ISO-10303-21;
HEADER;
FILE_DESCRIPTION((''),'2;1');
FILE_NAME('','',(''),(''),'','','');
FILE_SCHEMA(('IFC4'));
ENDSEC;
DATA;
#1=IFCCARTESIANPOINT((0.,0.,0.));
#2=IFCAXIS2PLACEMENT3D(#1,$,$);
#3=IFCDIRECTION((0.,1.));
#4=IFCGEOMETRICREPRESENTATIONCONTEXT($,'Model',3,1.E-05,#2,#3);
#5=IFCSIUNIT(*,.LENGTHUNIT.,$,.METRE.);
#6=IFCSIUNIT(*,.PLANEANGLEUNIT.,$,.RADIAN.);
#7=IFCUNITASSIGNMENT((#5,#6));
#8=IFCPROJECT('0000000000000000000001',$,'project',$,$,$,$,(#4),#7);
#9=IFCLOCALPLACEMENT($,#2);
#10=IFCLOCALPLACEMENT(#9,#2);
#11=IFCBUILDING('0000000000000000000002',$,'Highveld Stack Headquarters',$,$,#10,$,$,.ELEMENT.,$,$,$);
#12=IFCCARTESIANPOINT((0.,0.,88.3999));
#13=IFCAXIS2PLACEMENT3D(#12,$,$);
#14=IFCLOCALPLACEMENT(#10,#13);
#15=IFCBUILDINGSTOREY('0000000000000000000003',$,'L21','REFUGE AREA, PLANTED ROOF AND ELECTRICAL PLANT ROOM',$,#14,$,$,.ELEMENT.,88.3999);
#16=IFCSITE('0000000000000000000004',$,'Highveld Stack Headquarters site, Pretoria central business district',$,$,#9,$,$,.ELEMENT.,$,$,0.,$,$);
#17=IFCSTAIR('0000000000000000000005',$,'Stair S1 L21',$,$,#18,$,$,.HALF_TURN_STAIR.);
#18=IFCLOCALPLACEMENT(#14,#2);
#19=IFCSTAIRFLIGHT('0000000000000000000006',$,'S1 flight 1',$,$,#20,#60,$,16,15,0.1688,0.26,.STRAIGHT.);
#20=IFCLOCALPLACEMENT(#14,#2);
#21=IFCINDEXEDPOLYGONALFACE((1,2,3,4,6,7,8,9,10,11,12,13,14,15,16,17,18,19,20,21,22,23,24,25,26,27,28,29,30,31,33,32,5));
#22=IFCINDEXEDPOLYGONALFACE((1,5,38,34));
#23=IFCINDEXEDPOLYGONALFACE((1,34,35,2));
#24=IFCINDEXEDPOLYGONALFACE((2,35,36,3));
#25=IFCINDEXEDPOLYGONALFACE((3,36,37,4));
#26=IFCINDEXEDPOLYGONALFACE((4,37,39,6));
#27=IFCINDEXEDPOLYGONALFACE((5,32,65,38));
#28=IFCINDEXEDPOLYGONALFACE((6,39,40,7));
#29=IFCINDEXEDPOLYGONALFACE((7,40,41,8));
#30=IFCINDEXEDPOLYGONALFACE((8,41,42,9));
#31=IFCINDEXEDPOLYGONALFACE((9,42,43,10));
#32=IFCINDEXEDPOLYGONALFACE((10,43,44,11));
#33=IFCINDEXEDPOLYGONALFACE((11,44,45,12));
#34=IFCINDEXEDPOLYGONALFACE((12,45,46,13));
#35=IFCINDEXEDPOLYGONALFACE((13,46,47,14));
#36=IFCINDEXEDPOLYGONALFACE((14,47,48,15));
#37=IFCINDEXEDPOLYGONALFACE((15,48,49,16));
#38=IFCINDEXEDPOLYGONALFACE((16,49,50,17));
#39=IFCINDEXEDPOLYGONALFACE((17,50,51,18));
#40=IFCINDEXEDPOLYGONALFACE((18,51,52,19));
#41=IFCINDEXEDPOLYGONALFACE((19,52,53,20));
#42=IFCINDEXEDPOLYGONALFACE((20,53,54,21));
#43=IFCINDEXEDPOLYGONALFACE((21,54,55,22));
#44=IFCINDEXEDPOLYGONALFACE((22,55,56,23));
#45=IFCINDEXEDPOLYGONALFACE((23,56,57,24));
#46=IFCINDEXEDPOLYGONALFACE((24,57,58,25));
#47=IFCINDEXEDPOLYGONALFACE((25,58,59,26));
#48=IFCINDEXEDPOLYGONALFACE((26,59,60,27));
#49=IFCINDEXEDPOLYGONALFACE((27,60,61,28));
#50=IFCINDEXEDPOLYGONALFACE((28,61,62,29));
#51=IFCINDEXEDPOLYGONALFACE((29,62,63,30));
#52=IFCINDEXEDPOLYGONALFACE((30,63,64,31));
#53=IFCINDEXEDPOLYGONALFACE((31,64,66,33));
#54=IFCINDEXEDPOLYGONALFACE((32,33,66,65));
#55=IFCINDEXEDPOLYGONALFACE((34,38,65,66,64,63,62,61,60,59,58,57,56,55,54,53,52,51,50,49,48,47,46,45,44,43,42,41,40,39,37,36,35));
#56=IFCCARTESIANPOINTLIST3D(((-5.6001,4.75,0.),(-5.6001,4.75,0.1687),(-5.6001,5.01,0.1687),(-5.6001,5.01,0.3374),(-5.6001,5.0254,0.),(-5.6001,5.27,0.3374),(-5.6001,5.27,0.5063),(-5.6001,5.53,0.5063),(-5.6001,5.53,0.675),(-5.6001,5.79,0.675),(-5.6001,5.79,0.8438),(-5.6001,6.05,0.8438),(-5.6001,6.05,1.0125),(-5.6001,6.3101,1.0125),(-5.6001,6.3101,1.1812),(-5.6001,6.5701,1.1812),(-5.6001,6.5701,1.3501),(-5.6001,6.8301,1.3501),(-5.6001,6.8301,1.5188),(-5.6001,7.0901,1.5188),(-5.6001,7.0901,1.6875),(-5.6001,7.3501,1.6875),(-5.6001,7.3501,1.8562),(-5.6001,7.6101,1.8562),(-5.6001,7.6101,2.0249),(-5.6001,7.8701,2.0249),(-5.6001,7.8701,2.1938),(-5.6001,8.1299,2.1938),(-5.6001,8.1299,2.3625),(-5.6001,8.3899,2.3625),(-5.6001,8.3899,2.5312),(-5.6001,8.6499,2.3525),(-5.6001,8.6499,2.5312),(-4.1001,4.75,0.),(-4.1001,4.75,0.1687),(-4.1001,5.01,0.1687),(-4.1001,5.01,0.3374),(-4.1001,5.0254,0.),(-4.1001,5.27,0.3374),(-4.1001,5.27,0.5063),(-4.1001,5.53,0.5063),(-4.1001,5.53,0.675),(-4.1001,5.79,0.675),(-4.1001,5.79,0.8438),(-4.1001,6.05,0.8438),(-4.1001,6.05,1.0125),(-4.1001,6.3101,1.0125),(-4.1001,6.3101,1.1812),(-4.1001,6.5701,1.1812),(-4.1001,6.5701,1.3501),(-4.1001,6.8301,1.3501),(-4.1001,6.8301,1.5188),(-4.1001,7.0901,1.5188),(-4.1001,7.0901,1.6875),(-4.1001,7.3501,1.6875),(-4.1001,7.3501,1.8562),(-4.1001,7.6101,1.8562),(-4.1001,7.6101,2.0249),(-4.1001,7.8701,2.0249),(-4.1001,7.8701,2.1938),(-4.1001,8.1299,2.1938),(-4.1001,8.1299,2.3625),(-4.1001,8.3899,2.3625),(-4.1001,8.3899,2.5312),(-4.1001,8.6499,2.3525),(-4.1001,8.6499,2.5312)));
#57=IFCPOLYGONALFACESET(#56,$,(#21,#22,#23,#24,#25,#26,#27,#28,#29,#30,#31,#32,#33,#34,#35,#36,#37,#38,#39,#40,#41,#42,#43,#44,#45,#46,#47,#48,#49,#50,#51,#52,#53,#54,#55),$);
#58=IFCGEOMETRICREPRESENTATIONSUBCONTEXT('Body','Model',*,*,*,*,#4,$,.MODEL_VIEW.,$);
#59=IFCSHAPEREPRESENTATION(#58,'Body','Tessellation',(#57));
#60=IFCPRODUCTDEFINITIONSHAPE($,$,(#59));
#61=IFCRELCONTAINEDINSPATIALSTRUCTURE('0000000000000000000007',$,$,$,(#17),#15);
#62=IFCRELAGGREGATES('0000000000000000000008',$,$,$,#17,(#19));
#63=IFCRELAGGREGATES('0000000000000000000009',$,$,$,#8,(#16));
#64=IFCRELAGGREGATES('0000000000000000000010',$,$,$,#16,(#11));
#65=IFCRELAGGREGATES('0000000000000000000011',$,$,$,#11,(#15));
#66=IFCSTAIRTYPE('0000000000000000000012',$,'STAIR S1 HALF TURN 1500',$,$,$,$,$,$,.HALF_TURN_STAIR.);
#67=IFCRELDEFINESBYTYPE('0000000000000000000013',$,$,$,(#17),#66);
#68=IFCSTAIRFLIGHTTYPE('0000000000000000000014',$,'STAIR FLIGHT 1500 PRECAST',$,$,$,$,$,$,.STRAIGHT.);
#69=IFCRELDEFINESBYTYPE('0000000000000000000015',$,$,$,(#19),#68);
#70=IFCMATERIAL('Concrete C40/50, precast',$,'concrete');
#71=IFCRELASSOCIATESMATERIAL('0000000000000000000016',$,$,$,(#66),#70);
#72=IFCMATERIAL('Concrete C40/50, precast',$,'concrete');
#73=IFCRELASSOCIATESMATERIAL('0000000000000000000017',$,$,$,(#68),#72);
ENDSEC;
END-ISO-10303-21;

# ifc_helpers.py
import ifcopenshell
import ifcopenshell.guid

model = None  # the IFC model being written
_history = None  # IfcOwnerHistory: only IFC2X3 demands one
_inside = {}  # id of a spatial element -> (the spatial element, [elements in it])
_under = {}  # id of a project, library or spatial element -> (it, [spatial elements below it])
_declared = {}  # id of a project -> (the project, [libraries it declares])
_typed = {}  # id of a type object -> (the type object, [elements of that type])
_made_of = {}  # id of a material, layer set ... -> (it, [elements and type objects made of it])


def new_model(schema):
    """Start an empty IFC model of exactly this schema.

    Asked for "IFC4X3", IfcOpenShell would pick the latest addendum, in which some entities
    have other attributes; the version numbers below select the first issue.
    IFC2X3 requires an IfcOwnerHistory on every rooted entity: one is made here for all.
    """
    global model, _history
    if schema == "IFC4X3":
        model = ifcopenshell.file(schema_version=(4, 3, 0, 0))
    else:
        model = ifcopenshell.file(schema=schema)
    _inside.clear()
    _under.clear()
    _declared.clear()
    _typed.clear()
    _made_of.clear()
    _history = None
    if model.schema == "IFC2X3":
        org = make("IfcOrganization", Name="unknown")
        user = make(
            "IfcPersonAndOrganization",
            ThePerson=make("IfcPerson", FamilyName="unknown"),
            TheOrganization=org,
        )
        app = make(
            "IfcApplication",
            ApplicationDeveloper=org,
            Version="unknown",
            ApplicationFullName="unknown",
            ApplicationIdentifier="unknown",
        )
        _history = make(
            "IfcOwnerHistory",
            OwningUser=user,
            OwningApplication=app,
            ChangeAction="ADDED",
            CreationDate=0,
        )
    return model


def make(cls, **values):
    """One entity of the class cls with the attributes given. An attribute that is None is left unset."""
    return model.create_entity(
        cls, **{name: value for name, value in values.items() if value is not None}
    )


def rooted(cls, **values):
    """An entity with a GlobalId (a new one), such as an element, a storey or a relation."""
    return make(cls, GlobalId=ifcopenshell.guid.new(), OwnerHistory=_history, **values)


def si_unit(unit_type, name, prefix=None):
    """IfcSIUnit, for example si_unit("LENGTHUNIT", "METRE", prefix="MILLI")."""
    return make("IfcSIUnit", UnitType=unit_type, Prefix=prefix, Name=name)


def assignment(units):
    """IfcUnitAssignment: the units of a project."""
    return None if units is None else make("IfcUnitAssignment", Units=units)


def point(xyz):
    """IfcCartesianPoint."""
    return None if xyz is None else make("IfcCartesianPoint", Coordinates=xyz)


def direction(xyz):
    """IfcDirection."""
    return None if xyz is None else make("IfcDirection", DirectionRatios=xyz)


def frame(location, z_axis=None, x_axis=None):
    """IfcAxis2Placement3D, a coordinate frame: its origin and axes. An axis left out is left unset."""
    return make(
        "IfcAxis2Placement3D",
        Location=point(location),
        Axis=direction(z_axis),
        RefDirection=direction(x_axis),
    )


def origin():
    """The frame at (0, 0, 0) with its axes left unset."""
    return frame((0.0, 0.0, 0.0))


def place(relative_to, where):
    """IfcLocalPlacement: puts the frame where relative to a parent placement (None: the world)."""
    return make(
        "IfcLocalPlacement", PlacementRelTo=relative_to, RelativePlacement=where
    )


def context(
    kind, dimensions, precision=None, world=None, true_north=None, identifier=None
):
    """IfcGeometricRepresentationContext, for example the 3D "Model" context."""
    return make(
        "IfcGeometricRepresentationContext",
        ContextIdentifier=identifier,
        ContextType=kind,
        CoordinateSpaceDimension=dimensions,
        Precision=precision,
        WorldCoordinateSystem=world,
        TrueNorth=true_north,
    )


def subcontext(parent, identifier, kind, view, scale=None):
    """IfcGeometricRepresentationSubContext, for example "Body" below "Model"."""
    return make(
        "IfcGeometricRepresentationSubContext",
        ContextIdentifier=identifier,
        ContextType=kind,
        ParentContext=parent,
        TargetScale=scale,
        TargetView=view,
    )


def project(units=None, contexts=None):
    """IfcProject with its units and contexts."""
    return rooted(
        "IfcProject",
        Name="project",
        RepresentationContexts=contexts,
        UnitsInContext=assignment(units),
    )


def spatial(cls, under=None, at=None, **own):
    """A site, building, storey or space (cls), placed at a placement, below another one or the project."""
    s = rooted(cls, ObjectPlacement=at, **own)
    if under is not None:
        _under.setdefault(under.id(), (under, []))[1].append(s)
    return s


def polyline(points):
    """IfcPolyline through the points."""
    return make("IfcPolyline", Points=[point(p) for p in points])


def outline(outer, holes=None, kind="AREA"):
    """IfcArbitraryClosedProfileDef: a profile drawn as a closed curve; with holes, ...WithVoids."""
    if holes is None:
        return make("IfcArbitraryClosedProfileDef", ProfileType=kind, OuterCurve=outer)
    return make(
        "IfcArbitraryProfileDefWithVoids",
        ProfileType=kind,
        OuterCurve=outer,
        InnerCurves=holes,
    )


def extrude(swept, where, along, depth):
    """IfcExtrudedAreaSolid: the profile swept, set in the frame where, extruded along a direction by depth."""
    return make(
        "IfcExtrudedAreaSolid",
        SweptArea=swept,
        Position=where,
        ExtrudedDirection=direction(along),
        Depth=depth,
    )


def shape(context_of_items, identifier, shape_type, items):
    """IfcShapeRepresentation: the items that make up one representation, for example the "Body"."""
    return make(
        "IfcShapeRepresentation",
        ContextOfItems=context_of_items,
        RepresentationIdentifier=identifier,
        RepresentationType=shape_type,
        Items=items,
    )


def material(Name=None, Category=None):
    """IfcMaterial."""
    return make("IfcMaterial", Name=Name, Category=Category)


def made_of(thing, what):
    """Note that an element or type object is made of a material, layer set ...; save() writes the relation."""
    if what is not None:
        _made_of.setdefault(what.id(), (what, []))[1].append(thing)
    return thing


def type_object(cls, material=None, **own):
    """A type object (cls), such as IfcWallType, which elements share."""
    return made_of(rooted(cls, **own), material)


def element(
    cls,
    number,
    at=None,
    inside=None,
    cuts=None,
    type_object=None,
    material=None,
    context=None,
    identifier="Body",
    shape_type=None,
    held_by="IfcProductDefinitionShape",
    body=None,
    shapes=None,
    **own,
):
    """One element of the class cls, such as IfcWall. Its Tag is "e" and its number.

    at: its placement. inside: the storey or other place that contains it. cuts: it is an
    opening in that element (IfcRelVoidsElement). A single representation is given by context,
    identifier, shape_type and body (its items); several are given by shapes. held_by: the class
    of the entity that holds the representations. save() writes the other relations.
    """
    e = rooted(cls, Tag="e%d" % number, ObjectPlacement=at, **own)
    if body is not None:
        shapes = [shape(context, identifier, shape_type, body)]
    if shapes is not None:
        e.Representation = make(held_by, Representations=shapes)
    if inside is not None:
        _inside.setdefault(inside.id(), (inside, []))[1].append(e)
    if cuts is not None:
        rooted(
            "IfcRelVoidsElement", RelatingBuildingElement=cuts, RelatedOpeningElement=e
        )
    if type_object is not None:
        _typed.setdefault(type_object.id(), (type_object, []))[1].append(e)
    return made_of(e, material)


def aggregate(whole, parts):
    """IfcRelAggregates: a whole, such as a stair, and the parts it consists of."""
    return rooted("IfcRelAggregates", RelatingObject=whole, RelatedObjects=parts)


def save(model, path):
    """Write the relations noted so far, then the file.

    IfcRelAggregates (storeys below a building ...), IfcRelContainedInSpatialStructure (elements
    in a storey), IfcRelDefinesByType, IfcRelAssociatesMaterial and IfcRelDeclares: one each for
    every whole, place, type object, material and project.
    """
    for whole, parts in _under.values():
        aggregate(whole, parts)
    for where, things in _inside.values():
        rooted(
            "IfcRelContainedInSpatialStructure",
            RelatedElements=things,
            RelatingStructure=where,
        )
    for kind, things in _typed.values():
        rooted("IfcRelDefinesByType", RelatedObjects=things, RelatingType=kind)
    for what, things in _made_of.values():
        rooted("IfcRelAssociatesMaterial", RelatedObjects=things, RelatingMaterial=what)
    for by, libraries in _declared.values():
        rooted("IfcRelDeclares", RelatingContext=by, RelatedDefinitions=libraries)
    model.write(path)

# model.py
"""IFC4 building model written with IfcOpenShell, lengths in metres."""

from ifc_helpers import new_model, si_unit, direction, frame, origin, place, context, subcontext, project, spatial, polyline, outline, extrude, material, type_object, element, aggregate, save


model = new_model("IFC4")

# Units and contexts
model_context = context("Model", 3, precision=1e-05, world=origin(), true_north=direction((0.0, 1.0)))
body_context = subcontext(model_context, "Body", "Model", "MODEL_VIEW")
ifc_project = project(units=[si_unit("LENGTHUNIT", "METRE"), si_unit("PLANEANGLEUNIT", "RADIAN")], contexts=[model_context])

# Site, building, storey
site_placement = place(None, origin())
site = spatial("IfcSite", under=ifc_project, at=site_placement, Name="Highveld Stack Headquarters site, Pretoria central business district", CompositionType="ELEMENT", RefElevation=0.0)
building_placement = place(site_placement, origin())
building = spatial("IfcBuilding", under=site, at=building_placement, Name="Highveld Stack Headquarters", CompositionType="ELEMENT")
storey_placement = place(building_placement, frame((0.0, 0.0, 88.3999)))
storey = spatial("IfcBuildingStorey", under=building, at=storey_placement, Name="L21", Description="REFUGE AREA, PLANTED ROOF AND ELECTRICAL PLANT ROOM", CompositionType="ELEMENT", Elevation=88.3999)

# Stair, stair flight
ifc_material_1 = material(Name="Concrete C40/50, precast", Category="concrete")
stair_type = type_object("IfcStairType", Name="STAIR S1 HALF TURN 1500", PredefinedType="HALF_TURN_STAIR", material=ifc_material_1)
stair_placement = place(storey_placement, origin())
stair = element("IfcStair", 1, at=stair_placement, inside=storey, type_object=stair_type, Name="Stair S1 L21", PredefinedType="HALF_TURN_STAIR")
ifc_material_2 = material(Name="Concrete C40/50, precast", Category="concrete")
stair_flight_type = type_object("IfcStairFlightType", Name="STAIR FLIGHT 1500 PRECAST", PredefinedType="STRAIGHT", material=ifc_material_2)
stair_flight_placement = place(storey_placement, frame((-4.8501, 4.75, 0.0), z_axis=(0.0, 0.0, 1.0), x_axis=(0.0, 1.0, 0.0)))
stair_flight = element("IfcStairFlight", 2, at=stair_flight_placement, type_object=stair_flight_type, Name="S1 flight 1", NumberOfRisers=16, NumberOfTreads=15, PredefinedType="STRAIGHT", RiserHeight=0.1688, TreadLength=0.26, context=body_context, shape_type="SweptSolid", body=[
    extrude(outline(polyline([(0.0, 0.0), (0.0, 0.1687), (0.26, 0.1687), (0.26, 0.3374), (0.52, 0.3374), (0.52, 0.5063), (0.78, 0.5063), (0.78, 0.675), (1.04, 0.675), (1.04, 0.8438), (1.3, 0.8438), (1.3, 1.0125), (1.5601, 1.0125), (1.5601, 1.1812), (1.8201, 1.1812), (1.8201, 1.3501), (2.0801, 1.3501), (2.0801, 1.5188), (2.3401, 1.5188), (2.3401, 1.6875), (2.6001, 1.6875), (2.6001, 1.8562), (2.8601, 1.8562), (2.8601, 2.0249), (3.1201, 2.0249), (3.1201, 2.1938), (3.3799, 2.1938), (3.3799, 2.3625), (3.6399, 2.3625), (3.6399, 2.5312), (3.8999, 2.5312), (3.8999, 2.7), (3.8999, 2.3525), (0.2754, 0.0), (0.0, 0.0)])), frame((0.0, 0.75, 0.0), z_axis=(0.0, -1.0, 0.0), x_axis=(1.0, 0.0, 0.0)), (0.0, 0.0, 1.0), 1.5),
])
aggregate(stair, [stair_flight])

save(model, "model.ifc")
